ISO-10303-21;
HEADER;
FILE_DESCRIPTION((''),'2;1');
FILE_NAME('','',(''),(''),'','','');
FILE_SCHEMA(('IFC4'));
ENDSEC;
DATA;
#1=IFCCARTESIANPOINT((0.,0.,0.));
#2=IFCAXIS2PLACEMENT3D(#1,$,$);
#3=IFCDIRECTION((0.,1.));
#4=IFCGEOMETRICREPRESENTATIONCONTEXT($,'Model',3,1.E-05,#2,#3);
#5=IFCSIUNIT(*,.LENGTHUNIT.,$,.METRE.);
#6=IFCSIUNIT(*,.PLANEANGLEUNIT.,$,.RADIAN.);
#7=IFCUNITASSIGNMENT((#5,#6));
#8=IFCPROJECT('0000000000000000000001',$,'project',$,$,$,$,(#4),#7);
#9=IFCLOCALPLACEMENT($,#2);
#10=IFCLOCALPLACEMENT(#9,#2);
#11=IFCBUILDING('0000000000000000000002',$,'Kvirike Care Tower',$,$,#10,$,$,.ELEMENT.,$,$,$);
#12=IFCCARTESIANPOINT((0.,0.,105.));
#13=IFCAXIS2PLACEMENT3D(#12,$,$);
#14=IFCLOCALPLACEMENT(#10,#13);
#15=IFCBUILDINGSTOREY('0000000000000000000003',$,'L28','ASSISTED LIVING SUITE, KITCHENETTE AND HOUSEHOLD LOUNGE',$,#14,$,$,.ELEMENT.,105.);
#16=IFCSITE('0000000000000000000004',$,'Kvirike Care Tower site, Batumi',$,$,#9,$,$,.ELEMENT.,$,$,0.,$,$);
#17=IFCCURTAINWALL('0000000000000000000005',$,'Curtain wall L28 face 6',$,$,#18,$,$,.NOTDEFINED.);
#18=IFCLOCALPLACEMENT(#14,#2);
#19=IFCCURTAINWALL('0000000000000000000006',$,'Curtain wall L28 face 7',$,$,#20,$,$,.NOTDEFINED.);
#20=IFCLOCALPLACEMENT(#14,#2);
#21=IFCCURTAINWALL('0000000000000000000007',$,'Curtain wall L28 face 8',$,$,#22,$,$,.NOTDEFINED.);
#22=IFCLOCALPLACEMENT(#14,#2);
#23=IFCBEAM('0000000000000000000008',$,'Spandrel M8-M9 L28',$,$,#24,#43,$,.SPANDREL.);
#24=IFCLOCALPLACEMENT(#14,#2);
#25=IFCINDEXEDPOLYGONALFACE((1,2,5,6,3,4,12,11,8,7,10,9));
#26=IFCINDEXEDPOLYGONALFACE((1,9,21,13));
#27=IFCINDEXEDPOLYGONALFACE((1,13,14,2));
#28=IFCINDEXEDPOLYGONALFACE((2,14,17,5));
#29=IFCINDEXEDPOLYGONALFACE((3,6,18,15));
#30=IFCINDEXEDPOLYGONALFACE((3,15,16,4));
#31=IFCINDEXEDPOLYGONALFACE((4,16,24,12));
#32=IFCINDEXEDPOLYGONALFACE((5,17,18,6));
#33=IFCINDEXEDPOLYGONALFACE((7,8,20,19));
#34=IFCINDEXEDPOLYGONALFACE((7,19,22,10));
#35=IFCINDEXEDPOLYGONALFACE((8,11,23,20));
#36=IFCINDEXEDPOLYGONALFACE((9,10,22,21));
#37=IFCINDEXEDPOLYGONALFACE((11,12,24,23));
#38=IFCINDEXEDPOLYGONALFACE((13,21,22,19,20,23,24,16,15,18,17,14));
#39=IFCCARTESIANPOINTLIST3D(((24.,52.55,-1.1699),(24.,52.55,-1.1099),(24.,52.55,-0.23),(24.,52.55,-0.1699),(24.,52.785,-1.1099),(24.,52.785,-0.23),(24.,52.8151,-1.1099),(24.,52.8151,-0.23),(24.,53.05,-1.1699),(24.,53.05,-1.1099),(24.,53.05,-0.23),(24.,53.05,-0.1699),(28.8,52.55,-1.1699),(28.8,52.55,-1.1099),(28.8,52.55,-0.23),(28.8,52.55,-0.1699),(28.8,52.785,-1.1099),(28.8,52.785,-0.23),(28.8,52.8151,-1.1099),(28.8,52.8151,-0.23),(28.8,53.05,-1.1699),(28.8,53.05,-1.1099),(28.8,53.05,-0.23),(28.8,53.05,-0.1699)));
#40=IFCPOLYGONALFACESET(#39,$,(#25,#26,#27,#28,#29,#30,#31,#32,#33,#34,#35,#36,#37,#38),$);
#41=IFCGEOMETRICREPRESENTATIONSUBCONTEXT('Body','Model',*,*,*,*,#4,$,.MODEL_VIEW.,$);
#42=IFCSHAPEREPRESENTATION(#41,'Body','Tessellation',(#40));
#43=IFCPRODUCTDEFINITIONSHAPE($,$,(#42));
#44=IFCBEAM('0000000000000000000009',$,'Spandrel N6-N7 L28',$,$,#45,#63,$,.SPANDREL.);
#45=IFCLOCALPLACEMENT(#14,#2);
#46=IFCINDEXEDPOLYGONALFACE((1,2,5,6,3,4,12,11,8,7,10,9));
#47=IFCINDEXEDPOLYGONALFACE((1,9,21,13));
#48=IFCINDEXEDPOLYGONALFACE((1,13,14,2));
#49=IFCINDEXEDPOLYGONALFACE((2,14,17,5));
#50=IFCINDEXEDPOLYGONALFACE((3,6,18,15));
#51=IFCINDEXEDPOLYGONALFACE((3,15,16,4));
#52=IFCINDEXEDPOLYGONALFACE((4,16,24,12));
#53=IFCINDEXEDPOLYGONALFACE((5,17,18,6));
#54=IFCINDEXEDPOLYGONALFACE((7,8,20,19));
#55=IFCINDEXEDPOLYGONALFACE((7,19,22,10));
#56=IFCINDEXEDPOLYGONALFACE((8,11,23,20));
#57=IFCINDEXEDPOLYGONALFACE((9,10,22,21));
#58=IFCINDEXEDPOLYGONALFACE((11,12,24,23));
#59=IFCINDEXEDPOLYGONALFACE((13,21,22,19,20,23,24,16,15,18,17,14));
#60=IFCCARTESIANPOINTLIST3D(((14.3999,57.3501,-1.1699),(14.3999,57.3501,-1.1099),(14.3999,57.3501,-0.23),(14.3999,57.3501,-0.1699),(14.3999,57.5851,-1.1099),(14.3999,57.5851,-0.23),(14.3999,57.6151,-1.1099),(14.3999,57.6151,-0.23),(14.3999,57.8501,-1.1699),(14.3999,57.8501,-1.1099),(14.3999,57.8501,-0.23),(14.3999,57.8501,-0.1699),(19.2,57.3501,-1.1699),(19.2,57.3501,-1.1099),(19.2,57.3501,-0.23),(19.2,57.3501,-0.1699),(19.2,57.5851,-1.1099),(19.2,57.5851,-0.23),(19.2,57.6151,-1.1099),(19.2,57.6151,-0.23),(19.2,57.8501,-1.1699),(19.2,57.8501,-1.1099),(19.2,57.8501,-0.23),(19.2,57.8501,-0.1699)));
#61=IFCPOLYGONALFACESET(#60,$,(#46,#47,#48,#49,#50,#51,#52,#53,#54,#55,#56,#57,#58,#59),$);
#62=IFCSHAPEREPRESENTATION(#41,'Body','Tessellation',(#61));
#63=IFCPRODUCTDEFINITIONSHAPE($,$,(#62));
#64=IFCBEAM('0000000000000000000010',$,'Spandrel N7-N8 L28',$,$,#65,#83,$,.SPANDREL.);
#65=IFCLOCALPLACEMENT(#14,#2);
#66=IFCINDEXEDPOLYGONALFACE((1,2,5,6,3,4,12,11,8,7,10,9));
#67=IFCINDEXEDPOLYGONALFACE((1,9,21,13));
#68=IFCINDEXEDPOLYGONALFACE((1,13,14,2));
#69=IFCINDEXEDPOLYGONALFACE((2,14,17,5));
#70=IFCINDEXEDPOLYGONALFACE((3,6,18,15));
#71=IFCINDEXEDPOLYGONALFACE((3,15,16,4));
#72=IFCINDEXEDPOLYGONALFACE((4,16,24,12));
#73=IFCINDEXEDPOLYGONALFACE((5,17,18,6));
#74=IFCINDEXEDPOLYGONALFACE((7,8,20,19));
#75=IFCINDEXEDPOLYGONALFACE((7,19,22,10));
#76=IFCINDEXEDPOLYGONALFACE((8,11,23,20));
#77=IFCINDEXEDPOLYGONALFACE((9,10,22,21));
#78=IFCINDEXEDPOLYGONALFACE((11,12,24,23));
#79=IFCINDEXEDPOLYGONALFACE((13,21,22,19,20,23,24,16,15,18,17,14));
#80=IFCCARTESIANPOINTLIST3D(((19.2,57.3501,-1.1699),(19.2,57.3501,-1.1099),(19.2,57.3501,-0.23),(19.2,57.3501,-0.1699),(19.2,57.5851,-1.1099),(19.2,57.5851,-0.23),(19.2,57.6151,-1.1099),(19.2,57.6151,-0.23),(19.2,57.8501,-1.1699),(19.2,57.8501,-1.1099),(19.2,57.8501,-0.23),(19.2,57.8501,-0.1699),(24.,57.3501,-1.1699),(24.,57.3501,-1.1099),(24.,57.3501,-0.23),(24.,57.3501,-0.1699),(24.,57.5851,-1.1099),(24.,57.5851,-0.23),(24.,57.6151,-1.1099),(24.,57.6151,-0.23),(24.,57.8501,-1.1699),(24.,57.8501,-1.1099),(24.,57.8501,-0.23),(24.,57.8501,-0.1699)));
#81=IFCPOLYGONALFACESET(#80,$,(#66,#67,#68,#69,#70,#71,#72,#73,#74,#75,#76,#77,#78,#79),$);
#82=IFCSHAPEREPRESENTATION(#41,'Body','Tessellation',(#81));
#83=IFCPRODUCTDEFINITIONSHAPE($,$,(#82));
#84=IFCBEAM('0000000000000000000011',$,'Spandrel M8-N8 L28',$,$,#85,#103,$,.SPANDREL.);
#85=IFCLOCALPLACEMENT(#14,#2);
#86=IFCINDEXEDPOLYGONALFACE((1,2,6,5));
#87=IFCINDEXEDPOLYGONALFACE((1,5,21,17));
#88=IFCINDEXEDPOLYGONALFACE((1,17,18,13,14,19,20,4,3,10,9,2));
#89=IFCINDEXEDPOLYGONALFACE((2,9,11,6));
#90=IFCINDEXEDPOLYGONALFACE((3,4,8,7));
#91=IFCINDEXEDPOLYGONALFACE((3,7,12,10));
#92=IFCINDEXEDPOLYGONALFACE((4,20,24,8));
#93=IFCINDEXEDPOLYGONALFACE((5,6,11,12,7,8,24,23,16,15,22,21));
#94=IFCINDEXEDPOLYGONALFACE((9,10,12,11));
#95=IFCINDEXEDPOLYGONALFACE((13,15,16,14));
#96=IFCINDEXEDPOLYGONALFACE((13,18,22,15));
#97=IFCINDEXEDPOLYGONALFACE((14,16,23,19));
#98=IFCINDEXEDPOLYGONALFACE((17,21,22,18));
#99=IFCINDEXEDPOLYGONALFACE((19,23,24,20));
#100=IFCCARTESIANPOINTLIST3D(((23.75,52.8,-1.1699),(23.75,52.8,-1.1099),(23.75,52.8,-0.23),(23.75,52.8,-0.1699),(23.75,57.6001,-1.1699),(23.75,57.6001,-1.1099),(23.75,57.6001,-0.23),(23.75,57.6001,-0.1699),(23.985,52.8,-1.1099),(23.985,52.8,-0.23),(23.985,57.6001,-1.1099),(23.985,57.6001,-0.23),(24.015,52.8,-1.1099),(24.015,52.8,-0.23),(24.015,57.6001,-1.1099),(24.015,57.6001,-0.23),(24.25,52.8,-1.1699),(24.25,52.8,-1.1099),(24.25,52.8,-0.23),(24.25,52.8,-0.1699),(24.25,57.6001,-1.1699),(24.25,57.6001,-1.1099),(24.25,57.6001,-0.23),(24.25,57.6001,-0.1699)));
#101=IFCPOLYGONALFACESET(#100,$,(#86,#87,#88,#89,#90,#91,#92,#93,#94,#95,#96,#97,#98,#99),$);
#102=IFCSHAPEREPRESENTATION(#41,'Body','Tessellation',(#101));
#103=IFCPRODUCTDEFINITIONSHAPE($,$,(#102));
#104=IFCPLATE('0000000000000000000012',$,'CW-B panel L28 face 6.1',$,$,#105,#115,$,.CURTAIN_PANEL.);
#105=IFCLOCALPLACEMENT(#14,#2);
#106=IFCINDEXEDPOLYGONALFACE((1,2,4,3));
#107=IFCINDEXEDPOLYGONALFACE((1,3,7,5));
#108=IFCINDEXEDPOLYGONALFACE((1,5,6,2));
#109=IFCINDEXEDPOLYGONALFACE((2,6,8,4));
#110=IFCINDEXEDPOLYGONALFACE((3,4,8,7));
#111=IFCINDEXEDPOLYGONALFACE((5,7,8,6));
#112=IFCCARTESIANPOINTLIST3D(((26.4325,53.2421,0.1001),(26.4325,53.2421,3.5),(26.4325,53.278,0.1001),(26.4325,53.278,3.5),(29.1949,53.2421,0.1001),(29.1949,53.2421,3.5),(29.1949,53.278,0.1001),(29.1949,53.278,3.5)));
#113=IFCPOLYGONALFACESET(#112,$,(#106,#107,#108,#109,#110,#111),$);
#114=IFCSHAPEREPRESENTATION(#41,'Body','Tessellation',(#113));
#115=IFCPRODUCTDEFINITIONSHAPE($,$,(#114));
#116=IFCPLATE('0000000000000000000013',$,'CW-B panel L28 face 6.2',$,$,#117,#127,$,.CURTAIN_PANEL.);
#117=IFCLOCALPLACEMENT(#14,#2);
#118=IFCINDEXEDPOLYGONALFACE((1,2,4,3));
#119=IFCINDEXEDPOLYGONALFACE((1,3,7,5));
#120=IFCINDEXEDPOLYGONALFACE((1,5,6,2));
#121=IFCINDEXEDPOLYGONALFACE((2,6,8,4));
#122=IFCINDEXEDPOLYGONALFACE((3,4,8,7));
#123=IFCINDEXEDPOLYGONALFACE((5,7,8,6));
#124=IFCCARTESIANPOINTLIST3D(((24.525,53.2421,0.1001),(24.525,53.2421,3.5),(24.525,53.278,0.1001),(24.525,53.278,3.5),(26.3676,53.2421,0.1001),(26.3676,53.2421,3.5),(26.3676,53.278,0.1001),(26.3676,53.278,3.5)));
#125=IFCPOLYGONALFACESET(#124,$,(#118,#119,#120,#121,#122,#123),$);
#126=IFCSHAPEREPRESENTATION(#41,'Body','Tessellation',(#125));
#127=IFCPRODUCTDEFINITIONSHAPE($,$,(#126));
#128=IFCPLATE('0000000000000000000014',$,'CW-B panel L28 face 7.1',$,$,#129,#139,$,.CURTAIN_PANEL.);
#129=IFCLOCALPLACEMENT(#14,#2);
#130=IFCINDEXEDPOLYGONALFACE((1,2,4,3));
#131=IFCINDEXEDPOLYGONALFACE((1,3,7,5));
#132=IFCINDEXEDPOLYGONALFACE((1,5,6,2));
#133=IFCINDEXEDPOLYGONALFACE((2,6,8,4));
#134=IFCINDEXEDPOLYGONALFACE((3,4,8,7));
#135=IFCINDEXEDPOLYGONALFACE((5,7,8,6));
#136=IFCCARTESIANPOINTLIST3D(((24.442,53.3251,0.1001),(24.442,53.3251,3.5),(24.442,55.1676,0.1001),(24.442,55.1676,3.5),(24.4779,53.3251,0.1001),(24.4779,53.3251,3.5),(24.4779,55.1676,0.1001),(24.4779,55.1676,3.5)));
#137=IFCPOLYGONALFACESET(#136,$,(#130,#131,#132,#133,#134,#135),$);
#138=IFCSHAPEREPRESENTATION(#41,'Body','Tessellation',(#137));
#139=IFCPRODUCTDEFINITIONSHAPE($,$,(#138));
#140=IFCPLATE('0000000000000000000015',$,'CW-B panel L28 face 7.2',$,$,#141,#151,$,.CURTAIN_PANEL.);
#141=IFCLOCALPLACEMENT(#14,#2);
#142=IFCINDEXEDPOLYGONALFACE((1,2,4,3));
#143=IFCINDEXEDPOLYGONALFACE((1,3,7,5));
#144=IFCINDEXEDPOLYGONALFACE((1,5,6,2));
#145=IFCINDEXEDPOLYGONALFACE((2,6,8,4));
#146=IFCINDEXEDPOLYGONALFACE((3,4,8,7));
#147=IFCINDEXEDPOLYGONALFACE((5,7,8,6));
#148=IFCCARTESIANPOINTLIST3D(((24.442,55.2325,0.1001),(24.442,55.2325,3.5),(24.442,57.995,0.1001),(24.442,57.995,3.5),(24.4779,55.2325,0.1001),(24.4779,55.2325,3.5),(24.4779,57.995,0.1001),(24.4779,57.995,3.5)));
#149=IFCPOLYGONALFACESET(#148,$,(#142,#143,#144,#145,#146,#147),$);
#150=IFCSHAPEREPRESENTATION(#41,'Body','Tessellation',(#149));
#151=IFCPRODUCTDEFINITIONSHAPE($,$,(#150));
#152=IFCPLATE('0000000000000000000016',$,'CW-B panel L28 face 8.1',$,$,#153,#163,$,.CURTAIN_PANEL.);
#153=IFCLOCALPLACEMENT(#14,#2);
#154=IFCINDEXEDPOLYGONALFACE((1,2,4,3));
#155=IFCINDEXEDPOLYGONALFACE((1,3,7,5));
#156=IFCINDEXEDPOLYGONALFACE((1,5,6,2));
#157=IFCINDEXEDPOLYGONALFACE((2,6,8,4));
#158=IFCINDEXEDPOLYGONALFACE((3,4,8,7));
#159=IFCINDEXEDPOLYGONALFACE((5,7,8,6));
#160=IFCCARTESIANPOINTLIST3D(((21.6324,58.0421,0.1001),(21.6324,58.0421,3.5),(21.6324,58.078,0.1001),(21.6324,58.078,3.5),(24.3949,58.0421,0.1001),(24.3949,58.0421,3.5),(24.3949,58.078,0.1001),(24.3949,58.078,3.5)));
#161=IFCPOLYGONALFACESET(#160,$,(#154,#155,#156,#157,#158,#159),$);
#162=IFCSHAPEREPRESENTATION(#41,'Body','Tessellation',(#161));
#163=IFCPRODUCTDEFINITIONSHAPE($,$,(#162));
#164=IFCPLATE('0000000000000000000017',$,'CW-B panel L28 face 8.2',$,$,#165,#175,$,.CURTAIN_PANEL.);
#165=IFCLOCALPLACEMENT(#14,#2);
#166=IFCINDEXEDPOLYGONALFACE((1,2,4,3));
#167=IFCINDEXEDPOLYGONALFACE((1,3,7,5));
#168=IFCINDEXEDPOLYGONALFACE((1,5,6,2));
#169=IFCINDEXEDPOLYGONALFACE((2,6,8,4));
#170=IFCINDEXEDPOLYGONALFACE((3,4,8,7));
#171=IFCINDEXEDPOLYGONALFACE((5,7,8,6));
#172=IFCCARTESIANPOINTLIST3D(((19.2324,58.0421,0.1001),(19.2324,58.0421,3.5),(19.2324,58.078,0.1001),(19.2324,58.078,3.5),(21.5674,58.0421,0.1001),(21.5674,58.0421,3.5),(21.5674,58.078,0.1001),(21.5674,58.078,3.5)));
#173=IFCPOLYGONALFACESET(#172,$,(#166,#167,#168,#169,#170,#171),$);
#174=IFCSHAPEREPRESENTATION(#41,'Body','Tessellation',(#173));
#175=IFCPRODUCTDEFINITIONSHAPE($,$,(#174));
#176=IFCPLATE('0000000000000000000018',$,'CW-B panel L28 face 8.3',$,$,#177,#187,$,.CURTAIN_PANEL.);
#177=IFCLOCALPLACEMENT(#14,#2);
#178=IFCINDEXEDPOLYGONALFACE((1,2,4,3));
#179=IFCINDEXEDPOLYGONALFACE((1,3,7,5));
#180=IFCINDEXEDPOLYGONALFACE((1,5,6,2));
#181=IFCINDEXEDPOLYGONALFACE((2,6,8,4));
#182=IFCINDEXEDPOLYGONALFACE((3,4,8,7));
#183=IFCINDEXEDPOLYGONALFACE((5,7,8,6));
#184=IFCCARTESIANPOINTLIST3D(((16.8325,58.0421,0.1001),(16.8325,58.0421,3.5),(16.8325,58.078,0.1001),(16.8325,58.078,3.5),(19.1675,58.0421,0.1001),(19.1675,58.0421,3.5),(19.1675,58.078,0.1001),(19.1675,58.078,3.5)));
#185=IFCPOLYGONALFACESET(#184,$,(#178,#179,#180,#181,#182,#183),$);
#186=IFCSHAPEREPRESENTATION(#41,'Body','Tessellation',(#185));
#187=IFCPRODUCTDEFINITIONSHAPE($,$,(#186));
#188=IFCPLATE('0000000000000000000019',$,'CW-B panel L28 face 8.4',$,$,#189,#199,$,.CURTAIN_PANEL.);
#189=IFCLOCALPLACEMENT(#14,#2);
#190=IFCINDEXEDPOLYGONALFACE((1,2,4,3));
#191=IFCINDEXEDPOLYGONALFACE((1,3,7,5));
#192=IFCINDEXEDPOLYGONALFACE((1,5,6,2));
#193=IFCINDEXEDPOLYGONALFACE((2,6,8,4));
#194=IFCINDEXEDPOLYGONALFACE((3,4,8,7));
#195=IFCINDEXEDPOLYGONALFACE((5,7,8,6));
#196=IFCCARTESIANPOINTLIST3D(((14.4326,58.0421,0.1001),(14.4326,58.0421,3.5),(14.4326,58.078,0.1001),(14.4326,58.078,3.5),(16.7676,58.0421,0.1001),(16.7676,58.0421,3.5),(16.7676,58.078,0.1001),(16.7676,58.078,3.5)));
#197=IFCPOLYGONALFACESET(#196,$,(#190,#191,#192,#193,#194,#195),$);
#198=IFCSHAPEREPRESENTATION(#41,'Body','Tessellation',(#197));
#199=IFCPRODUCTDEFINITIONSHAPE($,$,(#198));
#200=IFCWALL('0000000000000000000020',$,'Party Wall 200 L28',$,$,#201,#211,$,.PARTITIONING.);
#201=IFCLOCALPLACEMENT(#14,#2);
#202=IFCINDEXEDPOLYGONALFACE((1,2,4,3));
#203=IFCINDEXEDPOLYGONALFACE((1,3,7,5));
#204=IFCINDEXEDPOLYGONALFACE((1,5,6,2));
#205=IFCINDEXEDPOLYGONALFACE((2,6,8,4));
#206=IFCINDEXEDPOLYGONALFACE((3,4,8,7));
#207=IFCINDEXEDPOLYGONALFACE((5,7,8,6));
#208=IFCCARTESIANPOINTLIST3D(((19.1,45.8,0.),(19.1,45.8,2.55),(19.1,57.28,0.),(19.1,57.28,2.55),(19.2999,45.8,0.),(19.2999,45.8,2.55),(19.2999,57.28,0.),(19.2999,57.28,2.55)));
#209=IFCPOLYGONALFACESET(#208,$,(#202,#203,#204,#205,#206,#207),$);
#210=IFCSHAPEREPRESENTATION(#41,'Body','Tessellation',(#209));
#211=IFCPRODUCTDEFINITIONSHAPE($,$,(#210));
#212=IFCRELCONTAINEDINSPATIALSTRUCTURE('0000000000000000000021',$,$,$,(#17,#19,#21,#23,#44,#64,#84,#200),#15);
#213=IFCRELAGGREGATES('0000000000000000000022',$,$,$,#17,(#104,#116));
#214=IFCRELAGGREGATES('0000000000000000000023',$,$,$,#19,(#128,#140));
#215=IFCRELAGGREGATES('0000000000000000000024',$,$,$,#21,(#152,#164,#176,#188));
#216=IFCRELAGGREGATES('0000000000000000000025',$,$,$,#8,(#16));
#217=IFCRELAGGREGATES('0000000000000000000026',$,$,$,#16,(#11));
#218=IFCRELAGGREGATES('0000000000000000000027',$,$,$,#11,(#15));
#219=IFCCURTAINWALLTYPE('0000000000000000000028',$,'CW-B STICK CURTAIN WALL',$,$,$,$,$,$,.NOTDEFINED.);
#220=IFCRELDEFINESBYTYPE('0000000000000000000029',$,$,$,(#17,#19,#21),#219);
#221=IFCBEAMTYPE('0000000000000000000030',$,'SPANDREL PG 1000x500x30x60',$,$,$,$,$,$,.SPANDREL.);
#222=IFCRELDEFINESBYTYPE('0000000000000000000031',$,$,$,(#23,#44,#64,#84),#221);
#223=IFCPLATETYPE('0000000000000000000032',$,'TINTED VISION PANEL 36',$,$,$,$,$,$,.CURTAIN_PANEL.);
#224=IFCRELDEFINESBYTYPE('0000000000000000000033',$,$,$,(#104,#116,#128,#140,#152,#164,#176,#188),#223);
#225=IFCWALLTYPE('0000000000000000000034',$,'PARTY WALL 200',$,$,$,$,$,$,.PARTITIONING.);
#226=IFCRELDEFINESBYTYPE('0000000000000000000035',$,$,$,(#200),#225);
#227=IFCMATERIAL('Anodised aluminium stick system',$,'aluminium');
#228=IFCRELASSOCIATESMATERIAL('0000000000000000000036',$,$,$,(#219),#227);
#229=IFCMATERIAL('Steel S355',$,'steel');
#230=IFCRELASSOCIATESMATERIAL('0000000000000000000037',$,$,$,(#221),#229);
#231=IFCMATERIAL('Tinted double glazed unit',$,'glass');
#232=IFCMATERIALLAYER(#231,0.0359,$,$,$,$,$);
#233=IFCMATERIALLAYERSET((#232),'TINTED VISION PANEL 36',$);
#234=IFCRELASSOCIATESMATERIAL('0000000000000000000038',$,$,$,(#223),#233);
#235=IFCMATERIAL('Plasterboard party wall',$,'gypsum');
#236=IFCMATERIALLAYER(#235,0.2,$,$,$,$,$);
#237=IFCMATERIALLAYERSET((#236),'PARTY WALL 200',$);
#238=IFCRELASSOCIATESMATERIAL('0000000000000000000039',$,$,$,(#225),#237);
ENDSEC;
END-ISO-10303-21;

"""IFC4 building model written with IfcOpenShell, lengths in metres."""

from ifc_helpers import new_model, si_unit, direction, frame, frame_2d, origin, origin_2d, place, context, subcontext, project, spatial, rectangle, i_section, extrude, material, layer, layer_set, material_profile, profile_set, type_object, element, aggregate, save


model = new_model("IFC4")

# Units and contexts
model_context = context("Model", 3, precision=1e-05, world=origin(), true_north=direction((0.0, 1.0)))
body_context = subcontext(model_context, "Body", "Model", "MODEL_VIEW")
ifc_project = project(units=[si_unit("LENGTHUNIT", "METRE"), si_unit("PLANEANGLEUNIT", "RADIAN")], contexts=[model_context])

# Site, building, storey
site_placement = place(None, origin())
site = spatial("IfcSite", under=ifc_project, at=site_placement, Name="Kvirike Care Tower site, Batumi", CompositionType="ELEMENT", RefElevation=0.0)
building_placement = place(site_placement, origin())
building = spatial("IfcBuilding", under=site, at=building_placement, Name="Kvirike Care Tower", CompositionType="ELEMENT")
storey_placement = place(building_placement, frame((0.0, 0.0, 105.0)))
storey = spatial("IfcBuildingStorey", under=building, at=storey_placement, Name="L28", Description="ASSISTED LIVING SUITE, KITCHENETTE AND HOUSEHOLD LOUNGE", CompositionType="ELEMENT", Elevation=105.0)

# Curtain walls
ifc_material_1 = material(Name="Anodised aluminium stick system", Category="aluminium")
curtain_wall_type = type_object("IfcCurtainWallType", Name="CW-B STICK CURTAIN WALL", PredefinedType="NOTDEFINED", material=ifc_material_1)
curtain_wall_1_placement = place(storey_placement, origin())
curtain_wall_1 = element("IfcCurtainWall", 1, at=curtain_wall_1_placement, inside=storey, type_object=curtain_wall_type, Name="Curtain wall L28 face 6", PredefinedType="NOTDEFINED")
curtain_wall_2_placement = place(storey_placement, origin())
curtain_wall_2 = element("IfcCurtainWall", 2, at=curtain_wall_2_placement, inside=storey, type_object=curtain_wall_type, Name="Curtain wall L28 face 7", PredefinedType="NOTDEFINED")
curtain_wall_3_placement = place(storey_placement, origin())
curtain_wall_3 = element("IfcCurtainWall", 3, at=curtain_wall_3_placement, inside=storey, type_object=curtain_wall_type, Name="Curtain wall L28 face 8", PredefinedType="NOTDEFINED")

# Beams
ifc_material_2 = material(Name="Steel S355", Category="steel")
ifc_material_profile_1 = material_profile(ifc_material_2, i_section(OverallWidth=0.5, OverallDepth=1.0, WebThickness=0.03, FlangeThickness=0.0601, at=origin_2d()), Name="PG 1000x500x30x60")
ifc_profile_set_1 = profile_set([ifc_material_profile_1], Name="Steel S355")
beam_type = type_object("IfcBeamType", Name="SPANDREL PG 1000x500x30x60", PredefinedType="SPANDREL", material=ifc_profile_set_1)
for number, where, z_axis, x_axis, name in (
    (4, (24.0, 52.8, -0.6699), (1.0, 0.0, 0.0), (0.0, 1.0, 0.0), "Spandrel M8-M9 L28"),
    (5, (14.3999, 57.6001, -0.6699), (1.0, 0.0, 0.0), (0.0, 1.0, 0.0), "Spandrel N6-N7 L28"),
    (6, (19.2, 57.6001, -0.6699), (1.0, 0.0, 0.0), (0.0, 1.0, 0.0), "Spandrel N7-N8 L28"),
    (7, (24.0, 52.8, -0.6699), (0.0, 1.0, 0.0), (-1.0, 0.0, 0.0), "Spandrel M8-N8 L28"),
):
    element("IfcBeam", number, at=place(storey_placement, frame(where, z_axis=z_axis, x_axis=x_axis)), inside=storey, type_object=beam_type, Name=name, PredefinedType="SPANDREL", context=body_context, shape_type="SweptSolid", body=[
        extrude(i_section(OverallWidth=0.5, OverallDepth=1.0, WebThickness=0.03, FlangeThickness=0.0601, at=origin_2d()), origin(), (0.0, 0.0, 1.0), 4.8),
    ])

# Plates
ifc_material_3 = material(Name="Tinted double glazed unit", Category="glass")
ifc_layer_1 = layer(ifc_material_3, 0.0359)
ifc_layer_set_1 = layer_set([ifc_layer_1], Name="TINTED VISION PANEL 36")
plate_type = type_object("IfcPlateType", Name="TINTED VISION PANEL 36", PredefinedType="CURTAIN_PANEL", material=ifc_layer_set_1)
plate_1_placement = place(storey_placement, frame((27.8137, 53.26, 0.1001), z_axis=(0.0, 0.0, 1.0), x_axis=(-1.0, 0.0, 0.0)))
plate_1 = element("IfcPlate", 8, at=plate_1_placement, type_object=plate_type, Name="CW-B panel L28 face 6.1", PredefinedType="CURTAIN_PANEL", context=body_context, shape_type="SweptSolid", body=[
    extrude(rectangle(XDim=2.7625, YDim=0.0359, at=origin_2d()), origin(), (0.0, 0.0, 1.0), 3.3999),
])
plate_2_placement = place(storey_placement, frame((25.4463, 53.26, 0.1001), z_axis=(0.0, 0.0, 1.0), x_axis=(-1.0, 0.0, 0.0)))
plate_2 = element("IfcPlate", 9, at=plate_2_placement, type_object=plate_type, Name="CW-B panel L28 face 6.2", PredefinedType="CURTAIN_PANEL", context=body_context, shape_type="SweptSolid", body=[
    extrude(rectangle(XDim=1.8425, YDim=0.0359, at=origin_2d()), origin(), (0.0, 0.0, 1.0), 3.3999),
])
aggregate(curtain_wall_1, [plate_1, plate_2])
plate_3_placement = place(storey_placement, frame((24.46, 54.2463, 0.1001), z_axis=(0.0, 0.0, 1.0), x_axis=(0.0, 1.0, 0.0)))
plate_3 = element("IfcPlate", 10, at=plate_3_placement, type_object=plate_type, Name="CW-B panel L28 face 7.1", PredefinedType="CURTAIN_PANEL", context=body_context, shape_type="SweptSolid", body=[
    extrude(rectangle(XDim=1.8425, YDim=0.0359, at=origin_2d()), origin(), (0.0, 0.0, 1.0), 3.3999),
])
plate_4_placement = place(storey_placement, frame((24.46, 56.6138, 0.1001), z_axis=(0.0, 0.0, 1.0), x_axis=(0.0, 1.0, 0.0)))
plate_4 = element("IfcPlate", 11, at=plate_4_placement, type_object=plate_type, Name="CW-B panel L28 face 7.2", PredefinedType="CURTAIN_PANEL", context=body_context, shape_type="SweptSolid", body=[
    extrude(rectangle(XDim=2.7625, YDim=0.0359, at=origin_2d()), origin(), (0.0, 0.0, 1.0), 3.3999),
])
aggregate(curtain_wall_2, [plate_3, plate_4])
plate_5_placement = place(storey_placement, frame((23.0137, 58.0601, 0.1001), z_axis=(0.0, 0.0, 1.0), x_axis=(-1.0, 0.0, 0.0)))
plate_5 = element("IfcPlate", 12, at=plate_5_placement, type_object=plate_type, Name="CW-B panel L28 face 8.1", PredefinedType="CURTAIN_PANEL", context=body_context, shape_type="SweptSolid", body=[
    extrude(rectangle(XDim=2.7625, YDim=0.0359, at=origin_2d()), origin(), (0.0, 0.0, 1.0), 3.3999),
])
plate_6_placement = place(storey_placement, frame((20.3999, 58.0601, 0.1001), z_axis=(0.0, 0.0, 1.0), x_axis=(-1.0, 0.0, 0.0)))
plate_6 = element("IfcPlate", 13, at=plate_6_placement, type_object=plate_type, Name="CW-B panel L28 face 8.2", PredefinedType="CURTAIN_PANEL", context=body_context, shape_type="SweptSolid", body=[
    extrude(rectangle(XDim=2.335, YDim=0.0359, at=origin_2d()), origin(), (0.0, 0.0, 1.0), 3.3999),
])
plate_7_placement = place(storey_placement, frame((18.0, 58.0601, 0.1001), z_axis=(0.0, 0.0, 1.0), x_axis=(-1.0, 0.0, 0.0)))
plate_7 = element("IfcPlate", 14, at=plate_7_placement, type_object=plate_type, Name="CW-B panel L28 face 8.3", PredefinedType="CURTAIN_PANEL", context=body_context, shape_type="SweptSolid", body=[
    extrude(rectangle(XDim=2.335, YDim=0.0359, at=origin_2d()), origin(), (0.0, 0.0, 1.0), 3.3999),
])
plate_8_placement = place(storey_placement, frame((15.6001, 58.0601, 0.1001), z_axis=(0.0, 0.0, 1.0), x_axis=(-1.0, 0.0, 0.0)))
plate_8 = element("IfcPlate", 15, at=plate_8_placement, type_object=plate_type, Name="CW-B panel L28 face 8.4", PredefinedType="CURTAIN_PANEL", context=body_context, shape_type="SweptSolid", body=[
    extrude(rectangle(XDim=2.335, YDim=0.0359, at=origin_2d()), origin(), (0.0, 0.0, 1.0), 3.3999),
])
aggregate(curtain_wall_3, [plate_5, plate_6, plate_7, plate_8])

# Wall
ifc_material_4 = material(Name="Plasterboard party wall", Category="gypsum")
ifc_layer_2 = layer(ifc_material_4, 0.2)
ifc_layer_set_2 = layer_set([ifc_layer_2], Name="PARTY WALL 200")
wall_type = type_object("IfcWallType", Name="PARTY WALL 200", PredefinedType="PARTITIONING", material=ifc_layer_set_2)
wall_placement = place(storey_placement, frame((19.2, 57.28, 0.0), z_axis=(0.0, 0.0, 1.0), x_axis=(0.0, -1.0, 0.0)))
element("IfcWall", 16, at=wall_placement, inside=storey, type_object=wall_type, Name="Party Wall 200 L28", PredefinedType="PARTITIONING", context=body_context, shape_type="SweptSolid", body=[
    extrude(rectangle(XDim=11.48, YDim=0.2, at=frame_2d((5.74, 0.0))), origin(), (0.0, 0.0, 1.0), 2.55),
])

save(model, "model.ifc")
